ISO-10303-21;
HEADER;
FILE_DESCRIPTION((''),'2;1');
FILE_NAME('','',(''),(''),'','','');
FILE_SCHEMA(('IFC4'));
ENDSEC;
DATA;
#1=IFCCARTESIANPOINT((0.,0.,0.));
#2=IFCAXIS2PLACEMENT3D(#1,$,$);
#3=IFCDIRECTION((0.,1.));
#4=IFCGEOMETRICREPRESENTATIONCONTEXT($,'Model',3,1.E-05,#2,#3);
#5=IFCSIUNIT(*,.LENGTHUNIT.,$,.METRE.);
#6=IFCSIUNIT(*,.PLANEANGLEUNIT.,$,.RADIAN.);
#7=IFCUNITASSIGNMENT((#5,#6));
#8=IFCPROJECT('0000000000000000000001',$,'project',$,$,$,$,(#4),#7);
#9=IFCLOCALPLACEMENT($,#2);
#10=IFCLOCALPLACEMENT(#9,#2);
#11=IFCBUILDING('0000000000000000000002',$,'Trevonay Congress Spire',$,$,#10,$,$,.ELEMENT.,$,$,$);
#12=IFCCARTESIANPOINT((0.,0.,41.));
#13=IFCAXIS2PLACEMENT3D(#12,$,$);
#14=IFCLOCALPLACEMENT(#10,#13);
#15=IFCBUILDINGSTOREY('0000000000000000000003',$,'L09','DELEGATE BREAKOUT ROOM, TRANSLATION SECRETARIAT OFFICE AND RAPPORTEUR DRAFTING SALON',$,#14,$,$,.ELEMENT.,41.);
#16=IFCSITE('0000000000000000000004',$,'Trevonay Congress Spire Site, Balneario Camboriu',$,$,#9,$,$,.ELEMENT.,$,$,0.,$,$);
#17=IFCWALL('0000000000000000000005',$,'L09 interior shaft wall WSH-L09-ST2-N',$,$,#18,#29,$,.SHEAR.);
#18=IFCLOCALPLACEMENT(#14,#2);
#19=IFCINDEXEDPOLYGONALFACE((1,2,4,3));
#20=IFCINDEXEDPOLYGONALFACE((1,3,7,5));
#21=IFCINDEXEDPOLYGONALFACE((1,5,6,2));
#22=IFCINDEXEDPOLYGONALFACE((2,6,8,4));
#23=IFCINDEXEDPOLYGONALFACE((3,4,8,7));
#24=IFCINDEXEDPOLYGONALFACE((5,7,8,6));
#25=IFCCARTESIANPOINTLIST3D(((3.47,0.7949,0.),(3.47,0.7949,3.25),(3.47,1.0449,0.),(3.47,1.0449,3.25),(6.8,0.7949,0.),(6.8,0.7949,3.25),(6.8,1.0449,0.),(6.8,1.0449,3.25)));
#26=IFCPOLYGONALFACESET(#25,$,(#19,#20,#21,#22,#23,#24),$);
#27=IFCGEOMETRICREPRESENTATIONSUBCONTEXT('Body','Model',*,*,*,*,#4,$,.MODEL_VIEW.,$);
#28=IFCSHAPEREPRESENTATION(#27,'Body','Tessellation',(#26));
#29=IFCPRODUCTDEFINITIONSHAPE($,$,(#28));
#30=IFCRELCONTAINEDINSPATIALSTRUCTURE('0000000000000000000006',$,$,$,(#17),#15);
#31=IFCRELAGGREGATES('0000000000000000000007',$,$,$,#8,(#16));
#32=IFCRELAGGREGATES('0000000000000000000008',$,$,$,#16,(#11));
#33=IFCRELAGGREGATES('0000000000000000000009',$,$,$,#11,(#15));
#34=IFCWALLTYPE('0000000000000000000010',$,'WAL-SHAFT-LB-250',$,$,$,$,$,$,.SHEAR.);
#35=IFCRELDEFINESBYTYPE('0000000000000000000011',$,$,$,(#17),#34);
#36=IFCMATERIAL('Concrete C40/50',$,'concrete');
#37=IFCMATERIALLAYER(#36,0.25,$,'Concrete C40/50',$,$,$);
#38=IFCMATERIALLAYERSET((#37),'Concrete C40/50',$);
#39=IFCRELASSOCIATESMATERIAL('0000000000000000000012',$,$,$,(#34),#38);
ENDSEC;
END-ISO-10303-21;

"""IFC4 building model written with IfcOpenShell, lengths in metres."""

from ifc_helpers import new_model, si_unit, direction, frame, frame_2d, origin, place, context, subcontext, project, spatial, rectangle, extrude, material, layer, layer_set, type_object, element, save


model = new_model("IFC4")

# Units and contexts
model_context = context("Model", 3, precision=1e-05, world=origin(), true_north=direction((0.0, 1.0)))
body_context = subcontext(model_context, "Body", "Model", "MODEL_VIEW")
ifc_project = project(units=[si_unit("LENGTHUNIT", "METRE"), si_unit("PLANEANGLEUNIT", "RADIAN")], contexts=[model_context])

# Site, building, storey
site_placement = place(None, origin())
site = spatial("IfcSite", under=ifc_project, at=site_placement, Name="Trevonay Congress Spire Site, Balneario Camboriu", CompositionType="ELEMENT", RefElevation=0.0)
building_placement = place(site_placement, origin())
building = spatial("IfcBuilding", under=site, at=building_placement, Name="Trevonay Congress Spire", CompositionType="ELEMENT")
storey_placement = place(building_placement, frame((0.0, 0.0, 41.0)))
storey = spatial("IfcBuildingStorey", under=building, at=storey_placement, Name="L09", Description="DELEGATE BREAKOUT ROOM, TRANSLATION SECRETARIAT OFFICE AND RAPPORTEUR DRAFTING SALON", CompositionType="ELEMENT", Elevation=41.0)

# Shared definitions
ifc_material_1 = material(Name="Concrete C40/50", Category="concrete")

# Wall
ifc_layer_1 = layer(ifc_material_1, 0.25, Name="Concrete C40/50")
ifc_layer_set_1 = layer_set([ifc_layer_1], Name="Concrete C40/50")
wall_type_1 = type_object("IfcWallType", Name="WAL-SHAFT-LB-250", PredefinedType="SHEAR", material=ifc_layer_set_1)
wall_1_placement = place(storey_placement, frame((3.47, 0.9199, 0.0), z_axis=(0.0, 0.0, 1.0), x_axis=(1.0, 0.0, 0.0)))
element("IfcWall", 1, at=wall_1_placement, inside=storey, type_object=wall_type_1, Name="L09 interior shaft wall WSH-L09-ST2-N", PredefinedType="SHEAR", context=body_context, shape_type="SweptSolid", body=[
    extrude(rectangle(XDim=3.3301, YDim=0.25, at=frame_2d((1.665, 0.0))), origin(), (0.0, 0.0, 1.0), 3.25),
])

save(model, "model.ifc")
